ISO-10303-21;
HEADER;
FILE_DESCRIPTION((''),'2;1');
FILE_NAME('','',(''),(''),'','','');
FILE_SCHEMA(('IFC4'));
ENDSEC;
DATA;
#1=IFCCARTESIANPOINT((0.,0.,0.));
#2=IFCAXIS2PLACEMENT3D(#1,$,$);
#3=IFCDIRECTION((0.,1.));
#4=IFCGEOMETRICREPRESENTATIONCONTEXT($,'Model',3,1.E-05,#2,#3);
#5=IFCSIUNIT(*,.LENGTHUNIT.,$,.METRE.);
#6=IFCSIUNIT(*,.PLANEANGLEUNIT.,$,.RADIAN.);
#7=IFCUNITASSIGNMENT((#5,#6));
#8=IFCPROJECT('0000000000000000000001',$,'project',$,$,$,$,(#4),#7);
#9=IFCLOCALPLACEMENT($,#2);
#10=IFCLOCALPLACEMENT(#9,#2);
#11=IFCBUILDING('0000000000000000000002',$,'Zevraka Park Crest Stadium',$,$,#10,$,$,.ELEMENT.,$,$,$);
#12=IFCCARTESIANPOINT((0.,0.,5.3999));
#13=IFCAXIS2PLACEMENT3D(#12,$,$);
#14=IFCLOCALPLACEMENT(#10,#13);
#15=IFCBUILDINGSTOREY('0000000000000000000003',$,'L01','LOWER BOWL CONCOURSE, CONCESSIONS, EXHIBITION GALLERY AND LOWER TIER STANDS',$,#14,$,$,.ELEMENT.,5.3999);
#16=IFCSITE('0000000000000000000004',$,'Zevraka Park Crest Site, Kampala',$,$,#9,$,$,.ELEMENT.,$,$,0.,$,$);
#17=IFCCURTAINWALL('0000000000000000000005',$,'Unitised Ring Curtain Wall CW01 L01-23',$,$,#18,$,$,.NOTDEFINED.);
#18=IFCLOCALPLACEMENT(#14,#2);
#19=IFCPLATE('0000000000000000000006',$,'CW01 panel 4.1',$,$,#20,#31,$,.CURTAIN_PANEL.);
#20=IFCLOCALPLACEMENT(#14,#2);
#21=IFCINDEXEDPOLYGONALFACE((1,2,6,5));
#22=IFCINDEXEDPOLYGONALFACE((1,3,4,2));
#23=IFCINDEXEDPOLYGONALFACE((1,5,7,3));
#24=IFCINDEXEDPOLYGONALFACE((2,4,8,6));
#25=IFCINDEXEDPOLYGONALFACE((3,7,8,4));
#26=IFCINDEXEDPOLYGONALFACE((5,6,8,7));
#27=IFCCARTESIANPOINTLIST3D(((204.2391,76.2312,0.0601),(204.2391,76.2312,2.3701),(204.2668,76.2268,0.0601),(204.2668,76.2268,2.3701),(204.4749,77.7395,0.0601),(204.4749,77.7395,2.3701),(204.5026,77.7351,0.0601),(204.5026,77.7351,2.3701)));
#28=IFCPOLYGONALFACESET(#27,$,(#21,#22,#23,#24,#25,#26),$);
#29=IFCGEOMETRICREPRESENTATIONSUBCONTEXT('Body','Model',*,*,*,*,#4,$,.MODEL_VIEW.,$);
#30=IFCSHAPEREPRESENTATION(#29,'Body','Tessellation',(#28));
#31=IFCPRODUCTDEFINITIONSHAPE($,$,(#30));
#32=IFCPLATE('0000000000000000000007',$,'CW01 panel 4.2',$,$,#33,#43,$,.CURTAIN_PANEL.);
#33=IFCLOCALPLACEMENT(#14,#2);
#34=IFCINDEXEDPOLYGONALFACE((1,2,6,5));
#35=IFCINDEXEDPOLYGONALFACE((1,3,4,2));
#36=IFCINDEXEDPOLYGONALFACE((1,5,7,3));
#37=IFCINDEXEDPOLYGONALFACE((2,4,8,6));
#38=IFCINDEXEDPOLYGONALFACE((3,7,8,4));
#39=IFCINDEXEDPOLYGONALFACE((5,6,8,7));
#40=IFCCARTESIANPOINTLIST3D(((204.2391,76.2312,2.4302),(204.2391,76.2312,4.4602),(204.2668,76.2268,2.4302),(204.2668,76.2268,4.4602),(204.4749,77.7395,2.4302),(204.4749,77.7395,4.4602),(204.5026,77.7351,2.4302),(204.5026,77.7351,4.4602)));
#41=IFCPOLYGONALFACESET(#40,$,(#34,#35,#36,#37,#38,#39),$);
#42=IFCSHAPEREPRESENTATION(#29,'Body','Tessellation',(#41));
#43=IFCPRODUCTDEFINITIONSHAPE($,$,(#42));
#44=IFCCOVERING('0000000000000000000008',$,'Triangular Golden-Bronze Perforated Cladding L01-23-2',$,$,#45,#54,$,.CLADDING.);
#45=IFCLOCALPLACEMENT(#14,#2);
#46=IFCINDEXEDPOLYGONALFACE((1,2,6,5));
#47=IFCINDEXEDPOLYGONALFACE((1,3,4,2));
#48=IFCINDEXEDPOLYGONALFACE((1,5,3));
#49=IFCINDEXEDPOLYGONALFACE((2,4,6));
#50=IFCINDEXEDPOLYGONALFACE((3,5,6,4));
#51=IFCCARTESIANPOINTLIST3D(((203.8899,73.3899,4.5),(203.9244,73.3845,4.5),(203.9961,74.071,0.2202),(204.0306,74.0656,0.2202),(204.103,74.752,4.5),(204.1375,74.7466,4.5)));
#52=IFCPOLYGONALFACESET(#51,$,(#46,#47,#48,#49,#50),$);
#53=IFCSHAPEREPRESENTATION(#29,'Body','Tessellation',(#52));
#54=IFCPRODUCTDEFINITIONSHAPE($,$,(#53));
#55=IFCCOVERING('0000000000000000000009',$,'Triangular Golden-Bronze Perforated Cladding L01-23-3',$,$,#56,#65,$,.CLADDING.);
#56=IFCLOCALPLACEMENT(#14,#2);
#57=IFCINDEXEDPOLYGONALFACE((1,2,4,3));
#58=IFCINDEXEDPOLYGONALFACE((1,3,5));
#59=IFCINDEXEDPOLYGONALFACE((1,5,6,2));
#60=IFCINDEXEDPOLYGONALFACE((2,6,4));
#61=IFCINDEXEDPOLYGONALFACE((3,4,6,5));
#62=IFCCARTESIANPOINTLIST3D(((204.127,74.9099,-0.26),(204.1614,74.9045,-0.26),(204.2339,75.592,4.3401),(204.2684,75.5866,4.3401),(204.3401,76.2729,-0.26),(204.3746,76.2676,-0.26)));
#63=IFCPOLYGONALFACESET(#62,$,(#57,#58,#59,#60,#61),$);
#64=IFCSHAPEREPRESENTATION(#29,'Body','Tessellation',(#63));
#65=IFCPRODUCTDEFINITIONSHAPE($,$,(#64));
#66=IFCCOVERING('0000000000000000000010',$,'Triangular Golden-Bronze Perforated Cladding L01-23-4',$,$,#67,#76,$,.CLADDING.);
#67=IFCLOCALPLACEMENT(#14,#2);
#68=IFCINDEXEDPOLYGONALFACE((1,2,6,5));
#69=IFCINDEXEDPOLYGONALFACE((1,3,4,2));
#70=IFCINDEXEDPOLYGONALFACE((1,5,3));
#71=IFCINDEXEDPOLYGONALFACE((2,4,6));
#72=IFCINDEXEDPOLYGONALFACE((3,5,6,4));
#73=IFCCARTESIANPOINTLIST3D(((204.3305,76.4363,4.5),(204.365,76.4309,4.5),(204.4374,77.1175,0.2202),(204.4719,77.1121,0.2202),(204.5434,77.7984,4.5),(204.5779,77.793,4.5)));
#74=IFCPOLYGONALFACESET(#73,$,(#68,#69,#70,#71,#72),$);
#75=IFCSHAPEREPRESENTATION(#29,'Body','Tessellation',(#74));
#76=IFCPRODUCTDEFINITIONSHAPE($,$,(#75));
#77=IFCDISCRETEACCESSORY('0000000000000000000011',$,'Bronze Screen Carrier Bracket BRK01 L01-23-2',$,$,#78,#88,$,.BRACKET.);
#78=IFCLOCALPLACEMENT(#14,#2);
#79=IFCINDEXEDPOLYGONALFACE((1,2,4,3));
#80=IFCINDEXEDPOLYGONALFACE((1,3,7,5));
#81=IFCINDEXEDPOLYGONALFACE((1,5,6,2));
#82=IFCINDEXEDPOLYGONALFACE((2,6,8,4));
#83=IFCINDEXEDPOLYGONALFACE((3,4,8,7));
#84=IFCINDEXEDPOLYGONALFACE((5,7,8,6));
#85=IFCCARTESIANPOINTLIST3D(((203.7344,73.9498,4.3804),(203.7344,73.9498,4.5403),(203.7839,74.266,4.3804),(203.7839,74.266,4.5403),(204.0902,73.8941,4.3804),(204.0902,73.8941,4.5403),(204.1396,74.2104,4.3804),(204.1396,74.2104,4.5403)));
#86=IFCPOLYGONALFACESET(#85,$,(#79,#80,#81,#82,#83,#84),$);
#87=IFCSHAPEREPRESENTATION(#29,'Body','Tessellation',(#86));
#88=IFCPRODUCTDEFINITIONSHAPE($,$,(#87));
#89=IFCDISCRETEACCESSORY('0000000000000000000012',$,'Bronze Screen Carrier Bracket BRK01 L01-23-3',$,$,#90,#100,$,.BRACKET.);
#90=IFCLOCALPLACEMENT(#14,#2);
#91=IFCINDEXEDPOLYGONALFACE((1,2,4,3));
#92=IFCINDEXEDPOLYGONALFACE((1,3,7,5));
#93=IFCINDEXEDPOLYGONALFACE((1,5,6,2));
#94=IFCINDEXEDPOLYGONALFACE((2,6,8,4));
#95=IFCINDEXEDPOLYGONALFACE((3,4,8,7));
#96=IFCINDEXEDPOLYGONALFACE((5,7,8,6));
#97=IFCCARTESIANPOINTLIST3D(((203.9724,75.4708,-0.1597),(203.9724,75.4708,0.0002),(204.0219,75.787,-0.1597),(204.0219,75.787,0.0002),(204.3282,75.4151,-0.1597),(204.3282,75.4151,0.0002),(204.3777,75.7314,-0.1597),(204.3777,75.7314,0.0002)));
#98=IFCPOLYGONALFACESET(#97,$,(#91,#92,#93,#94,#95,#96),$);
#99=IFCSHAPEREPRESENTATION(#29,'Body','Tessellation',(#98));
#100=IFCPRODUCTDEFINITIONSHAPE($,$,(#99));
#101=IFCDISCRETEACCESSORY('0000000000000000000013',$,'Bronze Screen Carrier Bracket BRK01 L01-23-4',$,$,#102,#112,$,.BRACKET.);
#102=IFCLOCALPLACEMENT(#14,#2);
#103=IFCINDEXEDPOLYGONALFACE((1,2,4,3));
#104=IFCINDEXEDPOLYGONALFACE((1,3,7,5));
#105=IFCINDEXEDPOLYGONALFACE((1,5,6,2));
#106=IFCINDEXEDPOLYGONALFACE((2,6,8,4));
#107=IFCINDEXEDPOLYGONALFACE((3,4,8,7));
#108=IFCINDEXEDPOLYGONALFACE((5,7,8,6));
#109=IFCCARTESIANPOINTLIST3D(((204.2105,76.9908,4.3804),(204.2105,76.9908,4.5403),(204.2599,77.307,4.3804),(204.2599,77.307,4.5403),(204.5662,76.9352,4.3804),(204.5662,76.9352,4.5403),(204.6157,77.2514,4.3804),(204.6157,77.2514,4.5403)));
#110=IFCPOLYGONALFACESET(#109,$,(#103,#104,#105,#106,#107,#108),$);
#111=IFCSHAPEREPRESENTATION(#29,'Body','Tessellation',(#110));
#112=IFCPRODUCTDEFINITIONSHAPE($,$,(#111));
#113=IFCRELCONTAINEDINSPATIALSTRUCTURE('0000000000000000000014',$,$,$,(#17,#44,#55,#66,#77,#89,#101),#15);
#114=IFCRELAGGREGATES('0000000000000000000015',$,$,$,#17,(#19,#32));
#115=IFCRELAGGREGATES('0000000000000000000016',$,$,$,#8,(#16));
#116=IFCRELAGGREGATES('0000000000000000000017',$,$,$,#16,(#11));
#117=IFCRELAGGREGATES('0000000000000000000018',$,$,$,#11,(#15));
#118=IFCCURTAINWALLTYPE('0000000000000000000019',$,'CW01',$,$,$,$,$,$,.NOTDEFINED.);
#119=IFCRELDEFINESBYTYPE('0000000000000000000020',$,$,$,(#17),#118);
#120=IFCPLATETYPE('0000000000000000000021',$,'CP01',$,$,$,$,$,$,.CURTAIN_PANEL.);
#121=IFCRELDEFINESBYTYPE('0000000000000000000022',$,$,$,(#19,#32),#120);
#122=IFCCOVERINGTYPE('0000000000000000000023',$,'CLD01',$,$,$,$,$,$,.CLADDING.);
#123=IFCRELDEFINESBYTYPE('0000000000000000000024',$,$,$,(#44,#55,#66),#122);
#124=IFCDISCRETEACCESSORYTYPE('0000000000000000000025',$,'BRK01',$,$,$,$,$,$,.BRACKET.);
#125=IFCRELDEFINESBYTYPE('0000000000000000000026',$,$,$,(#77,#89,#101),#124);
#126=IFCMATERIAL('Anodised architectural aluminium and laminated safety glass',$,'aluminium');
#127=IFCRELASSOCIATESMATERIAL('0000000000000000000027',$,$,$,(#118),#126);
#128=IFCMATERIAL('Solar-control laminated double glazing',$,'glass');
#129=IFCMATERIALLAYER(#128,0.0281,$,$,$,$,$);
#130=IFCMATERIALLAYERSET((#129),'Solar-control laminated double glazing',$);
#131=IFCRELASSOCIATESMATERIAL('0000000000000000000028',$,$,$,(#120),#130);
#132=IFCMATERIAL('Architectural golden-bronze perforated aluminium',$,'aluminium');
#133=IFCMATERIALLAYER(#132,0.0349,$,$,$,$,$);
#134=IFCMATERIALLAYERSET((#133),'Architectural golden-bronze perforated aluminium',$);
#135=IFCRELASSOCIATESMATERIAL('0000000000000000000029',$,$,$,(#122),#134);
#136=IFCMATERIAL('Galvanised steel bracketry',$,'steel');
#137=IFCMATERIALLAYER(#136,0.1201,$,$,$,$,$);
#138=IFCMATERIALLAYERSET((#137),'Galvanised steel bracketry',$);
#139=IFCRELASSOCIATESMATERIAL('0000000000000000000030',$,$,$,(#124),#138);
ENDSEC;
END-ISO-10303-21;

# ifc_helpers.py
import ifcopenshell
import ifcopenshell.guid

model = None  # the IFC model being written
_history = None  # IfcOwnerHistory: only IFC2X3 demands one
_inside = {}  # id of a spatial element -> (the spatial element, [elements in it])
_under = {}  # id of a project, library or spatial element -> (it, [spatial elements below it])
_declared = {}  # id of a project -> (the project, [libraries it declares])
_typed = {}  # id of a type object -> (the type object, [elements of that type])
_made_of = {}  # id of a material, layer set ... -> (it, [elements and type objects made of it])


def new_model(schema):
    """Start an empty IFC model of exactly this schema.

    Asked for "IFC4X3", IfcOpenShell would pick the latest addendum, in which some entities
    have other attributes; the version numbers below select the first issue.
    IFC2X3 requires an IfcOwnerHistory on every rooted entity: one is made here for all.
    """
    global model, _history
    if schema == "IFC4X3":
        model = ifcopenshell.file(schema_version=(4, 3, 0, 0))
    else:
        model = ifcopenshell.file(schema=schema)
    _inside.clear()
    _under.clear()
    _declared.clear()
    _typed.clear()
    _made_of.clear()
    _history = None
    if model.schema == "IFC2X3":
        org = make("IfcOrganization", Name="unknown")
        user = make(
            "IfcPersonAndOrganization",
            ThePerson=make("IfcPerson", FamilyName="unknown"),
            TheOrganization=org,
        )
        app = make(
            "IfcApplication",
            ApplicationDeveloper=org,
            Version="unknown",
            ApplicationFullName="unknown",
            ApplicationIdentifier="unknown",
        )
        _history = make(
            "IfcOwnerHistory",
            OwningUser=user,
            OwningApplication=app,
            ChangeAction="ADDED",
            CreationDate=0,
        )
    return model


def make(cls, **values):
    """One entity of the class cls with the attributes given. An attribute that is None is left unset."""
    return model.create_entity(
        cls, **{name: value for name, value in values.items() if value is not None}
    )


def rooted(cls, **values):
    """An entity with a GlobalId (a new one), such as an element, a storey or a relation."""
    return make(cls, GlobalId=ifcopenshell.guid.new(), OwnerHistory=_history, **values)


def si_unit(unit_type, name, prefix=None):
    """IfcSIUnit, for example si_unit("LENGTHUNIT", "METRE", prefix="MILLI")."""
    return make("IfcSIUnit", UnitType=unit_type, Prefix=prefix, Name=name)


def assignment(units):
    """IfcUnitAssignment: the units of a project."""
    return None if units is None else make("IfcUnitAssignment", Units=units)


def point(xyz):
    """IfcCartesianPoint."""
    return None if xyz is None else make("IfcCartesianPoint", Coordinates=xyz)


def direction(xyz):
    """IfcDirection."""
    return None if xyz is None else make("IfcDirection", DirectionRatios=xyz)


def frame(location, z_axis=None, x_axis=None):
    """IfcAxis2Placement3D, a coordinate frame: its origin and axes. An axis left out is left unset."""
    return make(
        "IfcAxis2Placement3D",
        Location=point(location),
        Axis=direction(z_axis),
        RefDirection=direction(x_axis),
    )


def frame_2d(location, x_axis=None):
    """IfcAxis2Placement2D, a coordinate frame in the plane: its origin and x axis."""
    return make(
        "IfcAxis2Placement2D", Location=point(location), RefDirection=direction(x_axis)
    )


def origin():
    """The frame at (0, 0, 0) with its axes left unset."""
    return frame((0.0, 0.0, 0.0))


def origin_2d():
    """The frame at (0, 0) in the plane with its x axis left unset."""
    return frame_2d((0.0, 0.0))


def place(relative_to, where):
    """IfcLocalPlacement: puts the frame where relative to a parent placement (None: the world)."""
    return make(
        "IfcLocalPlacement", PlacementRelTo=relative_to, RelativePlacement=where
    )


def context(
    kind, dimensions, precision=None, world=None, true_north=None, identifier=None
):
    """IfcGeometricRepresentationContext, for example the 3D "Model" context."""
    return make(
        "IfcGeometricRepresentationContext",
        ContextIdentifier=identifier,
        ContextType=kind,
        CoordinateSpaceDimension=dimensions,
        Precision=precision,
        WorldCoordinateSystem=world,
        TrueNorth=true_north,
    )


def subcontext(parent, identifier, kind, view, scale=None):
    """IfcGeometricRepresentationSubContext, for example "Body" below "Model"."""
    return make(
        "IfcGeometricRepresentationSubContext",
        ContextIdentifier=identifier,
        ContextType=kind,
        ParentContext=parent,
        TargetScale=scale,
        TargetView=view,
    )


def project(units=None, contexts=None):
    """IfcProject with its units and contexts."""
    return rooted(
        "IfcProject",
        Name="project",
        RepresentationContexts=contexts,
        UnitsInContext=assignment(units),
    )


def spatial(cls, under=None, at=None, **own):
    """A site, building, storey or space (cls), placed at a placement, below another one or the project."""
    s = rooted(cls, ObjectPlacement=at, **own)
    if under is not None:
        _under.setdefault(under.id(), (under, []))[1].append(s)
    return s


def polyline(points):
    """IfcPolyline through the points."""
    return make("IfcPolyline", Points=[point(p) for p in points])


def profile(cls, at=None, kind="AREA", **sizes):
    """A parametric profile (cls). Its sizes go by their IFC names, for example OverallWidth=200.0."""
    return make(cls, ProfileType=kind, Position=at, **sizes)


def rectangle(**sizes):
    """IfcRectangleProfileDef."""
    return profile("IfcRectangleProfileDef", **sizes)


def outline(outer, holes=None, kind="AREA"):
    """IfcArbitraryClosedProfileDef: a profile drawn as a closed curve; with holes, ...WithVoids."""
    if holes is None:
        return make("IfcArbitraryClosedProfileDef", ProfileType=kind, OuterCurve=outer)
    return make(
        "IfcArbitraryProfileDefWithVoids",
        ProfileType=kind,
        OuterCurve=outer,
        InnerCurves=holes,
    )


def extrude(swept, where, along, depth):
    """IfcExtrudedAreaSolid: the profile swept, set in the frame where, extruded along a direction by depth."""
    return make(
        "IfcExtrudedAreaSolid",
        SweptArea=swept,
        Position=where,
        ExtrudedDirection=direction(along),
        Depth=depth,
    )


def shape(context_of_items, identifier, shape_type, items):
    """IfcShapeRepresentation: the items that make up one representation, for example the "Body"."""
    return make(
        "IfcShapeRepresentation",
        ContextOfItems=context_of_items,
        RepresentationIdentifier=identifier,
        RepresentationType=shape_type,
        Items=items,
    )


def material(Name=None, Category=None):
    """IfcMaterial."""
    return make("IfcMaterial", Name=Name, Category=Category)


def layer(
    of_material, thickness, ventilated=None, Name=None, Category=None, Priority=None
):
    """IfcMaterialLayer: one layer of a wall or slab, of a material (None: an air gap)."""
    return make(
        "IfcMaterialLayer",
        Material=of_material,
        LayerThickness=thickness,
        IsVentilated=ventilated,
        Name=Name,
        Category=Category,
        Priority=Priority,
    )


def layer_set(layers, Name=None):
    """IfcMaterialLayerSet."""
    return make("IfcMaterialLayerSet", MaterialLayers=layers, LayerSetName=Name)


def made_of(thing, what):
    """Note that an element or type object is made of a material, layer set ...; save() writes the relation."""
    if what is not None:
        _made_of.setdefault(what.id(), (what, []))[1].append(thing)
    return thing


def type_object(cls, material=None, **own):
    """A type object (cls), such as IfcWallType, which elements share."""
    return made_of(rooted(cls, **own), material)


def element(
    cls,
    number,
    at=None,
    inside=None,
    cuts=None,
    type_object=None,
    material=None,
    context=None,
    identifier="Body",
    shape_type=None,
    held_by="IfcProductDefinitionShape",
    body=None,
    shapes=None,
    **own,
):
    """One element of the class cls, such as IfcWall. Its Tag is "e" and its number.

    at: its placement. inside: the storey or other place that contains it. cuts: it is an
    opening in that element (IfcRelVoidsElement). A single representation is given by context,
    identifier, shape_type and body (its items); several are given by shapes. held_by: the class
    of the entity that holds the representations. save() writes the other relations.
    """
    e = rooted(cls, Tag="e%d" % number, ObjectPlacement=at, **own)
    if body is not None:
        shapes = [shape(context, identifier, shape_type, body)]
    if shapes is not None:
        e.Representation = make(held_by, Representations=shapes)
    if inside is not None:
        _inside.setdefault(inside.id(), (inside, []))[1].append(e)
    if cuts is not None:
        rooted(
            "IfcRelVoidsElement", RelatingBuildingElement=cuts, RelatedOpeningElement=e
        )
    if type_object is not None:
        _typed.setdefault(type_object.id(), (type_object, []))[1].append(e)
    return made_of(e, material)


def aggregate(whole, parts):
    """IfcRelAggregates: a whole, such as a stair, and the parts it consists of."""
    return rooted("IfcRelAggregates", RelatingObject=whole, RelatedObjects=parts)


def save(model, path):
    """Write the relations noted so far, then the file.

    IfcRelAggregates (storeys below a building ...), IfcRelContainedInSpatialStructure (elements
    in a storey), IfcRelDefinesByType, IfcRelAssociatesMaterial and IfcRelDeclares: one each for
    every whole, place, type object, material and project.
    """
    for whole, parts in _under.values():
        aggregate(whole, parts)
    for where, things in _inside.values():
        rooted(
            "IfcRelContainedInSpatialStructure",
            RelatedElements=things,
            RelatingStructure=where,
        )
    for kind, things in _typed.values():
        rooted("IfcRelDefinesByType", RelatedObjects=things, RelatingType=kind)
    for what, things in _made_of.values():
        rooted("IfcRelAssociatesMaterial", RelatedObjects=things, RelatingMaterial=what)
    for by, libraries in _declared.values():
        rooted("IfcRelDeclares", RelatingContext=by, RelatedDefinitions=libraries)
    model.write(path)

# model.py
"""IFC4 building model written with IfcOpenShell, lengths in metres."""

from ifc_helpers import new_model, si_unit, direction, frame, origin, origin_2d, place, context, subcontext, project, spatial, polyline, rectangle, outline, extrude, material, layer, layer_set, type_object, element, aggregate, save


model = new_model("IFC4")

# Units and contexts
model_context = context("Model", 3, precision=1e-05, world=origin(), true_north=direction((0.0, 1.0)))
body_context = subcontext(model_context, "Body", "Model", "MODEL_VIEW")
ifc_project = project(units=[si_unit("LENGTHUNIT", "METRE"), si_unit("PLANEANGLEUNIT", "RADIAN")], contexts=[model_context])

# Site, building, storey
site_placement = place(None, origin())
site = spatial("IfcSite", under=ifc_project, at=site_placement, Name="Zevraka Park Crest Site, Kampala", CompositionType="ELEMENT", RefElevation=0.0)
building_placement = place(site_placement, origin())
building = spatial("IfcBuilding", under=site, at=building_placement, Name="Zevraka Park Crest Stadium", CompositionType="ELEMENT")
storey_placement = place(building_placement, frame((0.0, 0.0, 5.3999)))
storey = spatial("IfcBuildingStorey", under=building, at=storey_placement, Name="L01", Description="LOWER BOWL CONCOURSE, CONCESSIONS, EXHIBITION GALLERY AND LOWER TIER STANDS", CompositionType="ELEMENT", Elevation=5.3999)

# Curtain wall, plates
ifc_material_1 = material(Name="Anodised architectural aluminium and laminated safety glass", Category="aluminium")
curtain_wall_type = type_object("IfcCurtainWallType", Name="CW01", PredefinedType="NOTDEFINED", material=ifc_material_1)
curtain_wall_placement = place(storey_placement, origin())
curtain_wall = element("IfcCurtainWall", 1, at=curtain_wall_placement, inside=storey, type_object=curtain_wall_type, Name="Unitised Ring Curtain Wall CW01 L01-23", PredefinedType="NOTDEFINED")
ifc_material_2 = material(Name="Solar-control laminated double glazing", Category="glass")
ifc_layer_1 = layer(ifc_material_2, 0.0281)
ifc_layer_set_1 = layer_set([ifc_layer_1], Name="Solar-control laminated double glazing")
plate_type = type_object("IfcPlateType", Name="CP01", PredefinedType="CURTAIN_PANEL", material=ifc_layer_set_1)
plate_1_placement = place(storey_placement, frame((204.3708, 76.9832, 0.0601), z_axis=(0.0, 0.0, 1.0), x_axis=(0.154476, 0.987997, 0.0)))
plate_1 = element("IfcPlate", 2, at=plate_1_placement, type_object=plate_type, Name="CW01 panel 4.1", PredefinedType="CURTAIN_PANEL", context=body_context, shape_type="SweptSolid", body=[
    extrude(rectangle(XDim=1.5266, YDim=0.0281, at=origin_2d()), origin(), (0.0, 0.0, 1.0), 2.3101),
])
plate_2_placement = place(storey_placement, frame((204.3708, 76.9832, 2.4302), z_axis=(0.0, 0.0, 1.0), x_axis=(0.154476, 0.987997, 0.0)))
plate_2 = element("IfcPlate", 3, at=plate_2_placement, type_object=plate_type, Name="CW01 panel 4.2", PredefinedType="CURTAIN_PANEL", context=body_context, shape_type="SweptSolid", body=[
    extrude(rectangle(XDim=1.5266, YDim=0.0281, at=origin_2d()), origin(), (0.0, 0.0, 1.0), 2.03),
])
aggregate(curtain_wall, [plate_1, plate_2])

# Coverings
ifc_material_3 = material(Name="Architectural golden-bronze perforated aluminium", Category="aluminium")
ifc_layer_2 = layer(ifc_material_3, 0.0349)
ifc_layer_set_2 = layer_set([ifc_layer_2], Name="Architectural golden-bronze perforated aluminium")
covering_type = type_object("IfcCoveringType", Name="CLD01", PredefinedType="CLADDING", material=ifc_layer_set_2)
covering_1_placement = place(storey_placement, frame((204.103, 74.752, 4.5), z_axis=(-0.987977, 0.154598, 0.000089), x_axis=(-0.154598, -0.987977, 0.0)))
element("IfcCovering", 4, at=covering_1_placement, inside=storey, type_object=covering_type, Name="Triangular Golden-Bronze Perforated Cladding L01-23-2", PredefinedType="CLADDING", context=body_context, shape_type="SweptSolid", body=[
    extrude(outline(polyline([(0.0, 0.0), (1.3786, 0.0), (0.6893, -4.2798), (0.0, 0.0)])), origin(), (0.0, 0.0, -1.0), 0.0349),
])
covering_2_placement = place(storey_placement, frame((204.127, 74.9099, -0.26), z_axis=(-0.987994, 0.15449, 0.000058), x_axis=(0.15449, 0.987994, 0.0)))
element("IfcCovering", 5, at=covering_2_placement, inside=storey, type_object=covering_type, Name="Triangular Golden-Bronze Perforated Cladding L01-23-3", PredefinedType="CLADDING", context=body_context, shape_type="SweptSolid", body=[
    extrude(outline(polyline([(0.0, 0.0), (1.3796, 0.0), (0.6905, -4.6001), (0.0, 0.0)])), origin(), (0.0, 0.0, -1.0), 0.0349),
])
covering_3_placement = place(storey_placement, frame((204.5779, 77.793, 4.5), z_axis=(0.988004, -0.154425, 0.000108), x_axis=(-0.154426, -0.988004, 0.0)))
element("IfcCovering", 6, at=covering_3_placement, inside=storey, type_object=covering_type, Name="Triangular Golden-Bronze Perforated Cladding L01-23-4", PredefinedType="CLADDING", context=body_context, shape_type="SweptSolid", body=[
    extrude(outline(polyline([(0.0, 0.0), (1.3786, 0.0), (0.6891, 4.2798), (0.0, 0.0)])), origin(), (0.0, 0.0, -1.0), 0.0349),
])

# Discrete accessories
ifc_material_4 = material(Name="Galvanised steel bracketry", Category="steel")
ifc_layer_3 = layer(ifc_material_4, 0.1201)
ifc_layer_set_3 = layer_set([ifc_layer_3], Name="Galvanised steel bracketry")
discrete_accessory_type = type_object("IfcDiscreteAccessoryType", Name="BRK01", PredefinedType="BRACKET", material=ifc_layer_set_3)
for number, where, z_axis, x_axis, name in (
    (7, (203.937, 74.0801, 4.3804), (0.0, 0.0, 1.0), (0.154538, 0.987987, 0.0), "Bronze Screen Carrier Bracket BRK01 L01-23-2"),
    (8, (204.175, 75.6011, -0.1597), (0.0, 0.0, 1.0), (0.154538, 0.987987, 0.0), "Bronze Screen Carrier Bracket BRK01 L01-23-3"),
    (9, (204.4131, 77.1211, 4.3804), (0.0, 0.0, 1.0), (0.154538, 0.987987, 0.0), "Bronze Screen Carrier Bracket BRK01 L01-23-4"),
):
    element("IfcDiscreteAccessory", number, at=place(storey_placement, frame(where, z_axis=z_axis, x_axis=x_axis)), inside=storey, type_object=discrete_accessory_type, Name=name, PredefinedType="BRACKET", context=body_context, shape_type="SweptSolid", body=[
        extrude(rectangle(XDim=0.3201, YDim=0.3601, at=origin_2d()), origin(), (0.0, 0.0, 1.0), 0.1599),
    ])

save(model, "model.ifc")
